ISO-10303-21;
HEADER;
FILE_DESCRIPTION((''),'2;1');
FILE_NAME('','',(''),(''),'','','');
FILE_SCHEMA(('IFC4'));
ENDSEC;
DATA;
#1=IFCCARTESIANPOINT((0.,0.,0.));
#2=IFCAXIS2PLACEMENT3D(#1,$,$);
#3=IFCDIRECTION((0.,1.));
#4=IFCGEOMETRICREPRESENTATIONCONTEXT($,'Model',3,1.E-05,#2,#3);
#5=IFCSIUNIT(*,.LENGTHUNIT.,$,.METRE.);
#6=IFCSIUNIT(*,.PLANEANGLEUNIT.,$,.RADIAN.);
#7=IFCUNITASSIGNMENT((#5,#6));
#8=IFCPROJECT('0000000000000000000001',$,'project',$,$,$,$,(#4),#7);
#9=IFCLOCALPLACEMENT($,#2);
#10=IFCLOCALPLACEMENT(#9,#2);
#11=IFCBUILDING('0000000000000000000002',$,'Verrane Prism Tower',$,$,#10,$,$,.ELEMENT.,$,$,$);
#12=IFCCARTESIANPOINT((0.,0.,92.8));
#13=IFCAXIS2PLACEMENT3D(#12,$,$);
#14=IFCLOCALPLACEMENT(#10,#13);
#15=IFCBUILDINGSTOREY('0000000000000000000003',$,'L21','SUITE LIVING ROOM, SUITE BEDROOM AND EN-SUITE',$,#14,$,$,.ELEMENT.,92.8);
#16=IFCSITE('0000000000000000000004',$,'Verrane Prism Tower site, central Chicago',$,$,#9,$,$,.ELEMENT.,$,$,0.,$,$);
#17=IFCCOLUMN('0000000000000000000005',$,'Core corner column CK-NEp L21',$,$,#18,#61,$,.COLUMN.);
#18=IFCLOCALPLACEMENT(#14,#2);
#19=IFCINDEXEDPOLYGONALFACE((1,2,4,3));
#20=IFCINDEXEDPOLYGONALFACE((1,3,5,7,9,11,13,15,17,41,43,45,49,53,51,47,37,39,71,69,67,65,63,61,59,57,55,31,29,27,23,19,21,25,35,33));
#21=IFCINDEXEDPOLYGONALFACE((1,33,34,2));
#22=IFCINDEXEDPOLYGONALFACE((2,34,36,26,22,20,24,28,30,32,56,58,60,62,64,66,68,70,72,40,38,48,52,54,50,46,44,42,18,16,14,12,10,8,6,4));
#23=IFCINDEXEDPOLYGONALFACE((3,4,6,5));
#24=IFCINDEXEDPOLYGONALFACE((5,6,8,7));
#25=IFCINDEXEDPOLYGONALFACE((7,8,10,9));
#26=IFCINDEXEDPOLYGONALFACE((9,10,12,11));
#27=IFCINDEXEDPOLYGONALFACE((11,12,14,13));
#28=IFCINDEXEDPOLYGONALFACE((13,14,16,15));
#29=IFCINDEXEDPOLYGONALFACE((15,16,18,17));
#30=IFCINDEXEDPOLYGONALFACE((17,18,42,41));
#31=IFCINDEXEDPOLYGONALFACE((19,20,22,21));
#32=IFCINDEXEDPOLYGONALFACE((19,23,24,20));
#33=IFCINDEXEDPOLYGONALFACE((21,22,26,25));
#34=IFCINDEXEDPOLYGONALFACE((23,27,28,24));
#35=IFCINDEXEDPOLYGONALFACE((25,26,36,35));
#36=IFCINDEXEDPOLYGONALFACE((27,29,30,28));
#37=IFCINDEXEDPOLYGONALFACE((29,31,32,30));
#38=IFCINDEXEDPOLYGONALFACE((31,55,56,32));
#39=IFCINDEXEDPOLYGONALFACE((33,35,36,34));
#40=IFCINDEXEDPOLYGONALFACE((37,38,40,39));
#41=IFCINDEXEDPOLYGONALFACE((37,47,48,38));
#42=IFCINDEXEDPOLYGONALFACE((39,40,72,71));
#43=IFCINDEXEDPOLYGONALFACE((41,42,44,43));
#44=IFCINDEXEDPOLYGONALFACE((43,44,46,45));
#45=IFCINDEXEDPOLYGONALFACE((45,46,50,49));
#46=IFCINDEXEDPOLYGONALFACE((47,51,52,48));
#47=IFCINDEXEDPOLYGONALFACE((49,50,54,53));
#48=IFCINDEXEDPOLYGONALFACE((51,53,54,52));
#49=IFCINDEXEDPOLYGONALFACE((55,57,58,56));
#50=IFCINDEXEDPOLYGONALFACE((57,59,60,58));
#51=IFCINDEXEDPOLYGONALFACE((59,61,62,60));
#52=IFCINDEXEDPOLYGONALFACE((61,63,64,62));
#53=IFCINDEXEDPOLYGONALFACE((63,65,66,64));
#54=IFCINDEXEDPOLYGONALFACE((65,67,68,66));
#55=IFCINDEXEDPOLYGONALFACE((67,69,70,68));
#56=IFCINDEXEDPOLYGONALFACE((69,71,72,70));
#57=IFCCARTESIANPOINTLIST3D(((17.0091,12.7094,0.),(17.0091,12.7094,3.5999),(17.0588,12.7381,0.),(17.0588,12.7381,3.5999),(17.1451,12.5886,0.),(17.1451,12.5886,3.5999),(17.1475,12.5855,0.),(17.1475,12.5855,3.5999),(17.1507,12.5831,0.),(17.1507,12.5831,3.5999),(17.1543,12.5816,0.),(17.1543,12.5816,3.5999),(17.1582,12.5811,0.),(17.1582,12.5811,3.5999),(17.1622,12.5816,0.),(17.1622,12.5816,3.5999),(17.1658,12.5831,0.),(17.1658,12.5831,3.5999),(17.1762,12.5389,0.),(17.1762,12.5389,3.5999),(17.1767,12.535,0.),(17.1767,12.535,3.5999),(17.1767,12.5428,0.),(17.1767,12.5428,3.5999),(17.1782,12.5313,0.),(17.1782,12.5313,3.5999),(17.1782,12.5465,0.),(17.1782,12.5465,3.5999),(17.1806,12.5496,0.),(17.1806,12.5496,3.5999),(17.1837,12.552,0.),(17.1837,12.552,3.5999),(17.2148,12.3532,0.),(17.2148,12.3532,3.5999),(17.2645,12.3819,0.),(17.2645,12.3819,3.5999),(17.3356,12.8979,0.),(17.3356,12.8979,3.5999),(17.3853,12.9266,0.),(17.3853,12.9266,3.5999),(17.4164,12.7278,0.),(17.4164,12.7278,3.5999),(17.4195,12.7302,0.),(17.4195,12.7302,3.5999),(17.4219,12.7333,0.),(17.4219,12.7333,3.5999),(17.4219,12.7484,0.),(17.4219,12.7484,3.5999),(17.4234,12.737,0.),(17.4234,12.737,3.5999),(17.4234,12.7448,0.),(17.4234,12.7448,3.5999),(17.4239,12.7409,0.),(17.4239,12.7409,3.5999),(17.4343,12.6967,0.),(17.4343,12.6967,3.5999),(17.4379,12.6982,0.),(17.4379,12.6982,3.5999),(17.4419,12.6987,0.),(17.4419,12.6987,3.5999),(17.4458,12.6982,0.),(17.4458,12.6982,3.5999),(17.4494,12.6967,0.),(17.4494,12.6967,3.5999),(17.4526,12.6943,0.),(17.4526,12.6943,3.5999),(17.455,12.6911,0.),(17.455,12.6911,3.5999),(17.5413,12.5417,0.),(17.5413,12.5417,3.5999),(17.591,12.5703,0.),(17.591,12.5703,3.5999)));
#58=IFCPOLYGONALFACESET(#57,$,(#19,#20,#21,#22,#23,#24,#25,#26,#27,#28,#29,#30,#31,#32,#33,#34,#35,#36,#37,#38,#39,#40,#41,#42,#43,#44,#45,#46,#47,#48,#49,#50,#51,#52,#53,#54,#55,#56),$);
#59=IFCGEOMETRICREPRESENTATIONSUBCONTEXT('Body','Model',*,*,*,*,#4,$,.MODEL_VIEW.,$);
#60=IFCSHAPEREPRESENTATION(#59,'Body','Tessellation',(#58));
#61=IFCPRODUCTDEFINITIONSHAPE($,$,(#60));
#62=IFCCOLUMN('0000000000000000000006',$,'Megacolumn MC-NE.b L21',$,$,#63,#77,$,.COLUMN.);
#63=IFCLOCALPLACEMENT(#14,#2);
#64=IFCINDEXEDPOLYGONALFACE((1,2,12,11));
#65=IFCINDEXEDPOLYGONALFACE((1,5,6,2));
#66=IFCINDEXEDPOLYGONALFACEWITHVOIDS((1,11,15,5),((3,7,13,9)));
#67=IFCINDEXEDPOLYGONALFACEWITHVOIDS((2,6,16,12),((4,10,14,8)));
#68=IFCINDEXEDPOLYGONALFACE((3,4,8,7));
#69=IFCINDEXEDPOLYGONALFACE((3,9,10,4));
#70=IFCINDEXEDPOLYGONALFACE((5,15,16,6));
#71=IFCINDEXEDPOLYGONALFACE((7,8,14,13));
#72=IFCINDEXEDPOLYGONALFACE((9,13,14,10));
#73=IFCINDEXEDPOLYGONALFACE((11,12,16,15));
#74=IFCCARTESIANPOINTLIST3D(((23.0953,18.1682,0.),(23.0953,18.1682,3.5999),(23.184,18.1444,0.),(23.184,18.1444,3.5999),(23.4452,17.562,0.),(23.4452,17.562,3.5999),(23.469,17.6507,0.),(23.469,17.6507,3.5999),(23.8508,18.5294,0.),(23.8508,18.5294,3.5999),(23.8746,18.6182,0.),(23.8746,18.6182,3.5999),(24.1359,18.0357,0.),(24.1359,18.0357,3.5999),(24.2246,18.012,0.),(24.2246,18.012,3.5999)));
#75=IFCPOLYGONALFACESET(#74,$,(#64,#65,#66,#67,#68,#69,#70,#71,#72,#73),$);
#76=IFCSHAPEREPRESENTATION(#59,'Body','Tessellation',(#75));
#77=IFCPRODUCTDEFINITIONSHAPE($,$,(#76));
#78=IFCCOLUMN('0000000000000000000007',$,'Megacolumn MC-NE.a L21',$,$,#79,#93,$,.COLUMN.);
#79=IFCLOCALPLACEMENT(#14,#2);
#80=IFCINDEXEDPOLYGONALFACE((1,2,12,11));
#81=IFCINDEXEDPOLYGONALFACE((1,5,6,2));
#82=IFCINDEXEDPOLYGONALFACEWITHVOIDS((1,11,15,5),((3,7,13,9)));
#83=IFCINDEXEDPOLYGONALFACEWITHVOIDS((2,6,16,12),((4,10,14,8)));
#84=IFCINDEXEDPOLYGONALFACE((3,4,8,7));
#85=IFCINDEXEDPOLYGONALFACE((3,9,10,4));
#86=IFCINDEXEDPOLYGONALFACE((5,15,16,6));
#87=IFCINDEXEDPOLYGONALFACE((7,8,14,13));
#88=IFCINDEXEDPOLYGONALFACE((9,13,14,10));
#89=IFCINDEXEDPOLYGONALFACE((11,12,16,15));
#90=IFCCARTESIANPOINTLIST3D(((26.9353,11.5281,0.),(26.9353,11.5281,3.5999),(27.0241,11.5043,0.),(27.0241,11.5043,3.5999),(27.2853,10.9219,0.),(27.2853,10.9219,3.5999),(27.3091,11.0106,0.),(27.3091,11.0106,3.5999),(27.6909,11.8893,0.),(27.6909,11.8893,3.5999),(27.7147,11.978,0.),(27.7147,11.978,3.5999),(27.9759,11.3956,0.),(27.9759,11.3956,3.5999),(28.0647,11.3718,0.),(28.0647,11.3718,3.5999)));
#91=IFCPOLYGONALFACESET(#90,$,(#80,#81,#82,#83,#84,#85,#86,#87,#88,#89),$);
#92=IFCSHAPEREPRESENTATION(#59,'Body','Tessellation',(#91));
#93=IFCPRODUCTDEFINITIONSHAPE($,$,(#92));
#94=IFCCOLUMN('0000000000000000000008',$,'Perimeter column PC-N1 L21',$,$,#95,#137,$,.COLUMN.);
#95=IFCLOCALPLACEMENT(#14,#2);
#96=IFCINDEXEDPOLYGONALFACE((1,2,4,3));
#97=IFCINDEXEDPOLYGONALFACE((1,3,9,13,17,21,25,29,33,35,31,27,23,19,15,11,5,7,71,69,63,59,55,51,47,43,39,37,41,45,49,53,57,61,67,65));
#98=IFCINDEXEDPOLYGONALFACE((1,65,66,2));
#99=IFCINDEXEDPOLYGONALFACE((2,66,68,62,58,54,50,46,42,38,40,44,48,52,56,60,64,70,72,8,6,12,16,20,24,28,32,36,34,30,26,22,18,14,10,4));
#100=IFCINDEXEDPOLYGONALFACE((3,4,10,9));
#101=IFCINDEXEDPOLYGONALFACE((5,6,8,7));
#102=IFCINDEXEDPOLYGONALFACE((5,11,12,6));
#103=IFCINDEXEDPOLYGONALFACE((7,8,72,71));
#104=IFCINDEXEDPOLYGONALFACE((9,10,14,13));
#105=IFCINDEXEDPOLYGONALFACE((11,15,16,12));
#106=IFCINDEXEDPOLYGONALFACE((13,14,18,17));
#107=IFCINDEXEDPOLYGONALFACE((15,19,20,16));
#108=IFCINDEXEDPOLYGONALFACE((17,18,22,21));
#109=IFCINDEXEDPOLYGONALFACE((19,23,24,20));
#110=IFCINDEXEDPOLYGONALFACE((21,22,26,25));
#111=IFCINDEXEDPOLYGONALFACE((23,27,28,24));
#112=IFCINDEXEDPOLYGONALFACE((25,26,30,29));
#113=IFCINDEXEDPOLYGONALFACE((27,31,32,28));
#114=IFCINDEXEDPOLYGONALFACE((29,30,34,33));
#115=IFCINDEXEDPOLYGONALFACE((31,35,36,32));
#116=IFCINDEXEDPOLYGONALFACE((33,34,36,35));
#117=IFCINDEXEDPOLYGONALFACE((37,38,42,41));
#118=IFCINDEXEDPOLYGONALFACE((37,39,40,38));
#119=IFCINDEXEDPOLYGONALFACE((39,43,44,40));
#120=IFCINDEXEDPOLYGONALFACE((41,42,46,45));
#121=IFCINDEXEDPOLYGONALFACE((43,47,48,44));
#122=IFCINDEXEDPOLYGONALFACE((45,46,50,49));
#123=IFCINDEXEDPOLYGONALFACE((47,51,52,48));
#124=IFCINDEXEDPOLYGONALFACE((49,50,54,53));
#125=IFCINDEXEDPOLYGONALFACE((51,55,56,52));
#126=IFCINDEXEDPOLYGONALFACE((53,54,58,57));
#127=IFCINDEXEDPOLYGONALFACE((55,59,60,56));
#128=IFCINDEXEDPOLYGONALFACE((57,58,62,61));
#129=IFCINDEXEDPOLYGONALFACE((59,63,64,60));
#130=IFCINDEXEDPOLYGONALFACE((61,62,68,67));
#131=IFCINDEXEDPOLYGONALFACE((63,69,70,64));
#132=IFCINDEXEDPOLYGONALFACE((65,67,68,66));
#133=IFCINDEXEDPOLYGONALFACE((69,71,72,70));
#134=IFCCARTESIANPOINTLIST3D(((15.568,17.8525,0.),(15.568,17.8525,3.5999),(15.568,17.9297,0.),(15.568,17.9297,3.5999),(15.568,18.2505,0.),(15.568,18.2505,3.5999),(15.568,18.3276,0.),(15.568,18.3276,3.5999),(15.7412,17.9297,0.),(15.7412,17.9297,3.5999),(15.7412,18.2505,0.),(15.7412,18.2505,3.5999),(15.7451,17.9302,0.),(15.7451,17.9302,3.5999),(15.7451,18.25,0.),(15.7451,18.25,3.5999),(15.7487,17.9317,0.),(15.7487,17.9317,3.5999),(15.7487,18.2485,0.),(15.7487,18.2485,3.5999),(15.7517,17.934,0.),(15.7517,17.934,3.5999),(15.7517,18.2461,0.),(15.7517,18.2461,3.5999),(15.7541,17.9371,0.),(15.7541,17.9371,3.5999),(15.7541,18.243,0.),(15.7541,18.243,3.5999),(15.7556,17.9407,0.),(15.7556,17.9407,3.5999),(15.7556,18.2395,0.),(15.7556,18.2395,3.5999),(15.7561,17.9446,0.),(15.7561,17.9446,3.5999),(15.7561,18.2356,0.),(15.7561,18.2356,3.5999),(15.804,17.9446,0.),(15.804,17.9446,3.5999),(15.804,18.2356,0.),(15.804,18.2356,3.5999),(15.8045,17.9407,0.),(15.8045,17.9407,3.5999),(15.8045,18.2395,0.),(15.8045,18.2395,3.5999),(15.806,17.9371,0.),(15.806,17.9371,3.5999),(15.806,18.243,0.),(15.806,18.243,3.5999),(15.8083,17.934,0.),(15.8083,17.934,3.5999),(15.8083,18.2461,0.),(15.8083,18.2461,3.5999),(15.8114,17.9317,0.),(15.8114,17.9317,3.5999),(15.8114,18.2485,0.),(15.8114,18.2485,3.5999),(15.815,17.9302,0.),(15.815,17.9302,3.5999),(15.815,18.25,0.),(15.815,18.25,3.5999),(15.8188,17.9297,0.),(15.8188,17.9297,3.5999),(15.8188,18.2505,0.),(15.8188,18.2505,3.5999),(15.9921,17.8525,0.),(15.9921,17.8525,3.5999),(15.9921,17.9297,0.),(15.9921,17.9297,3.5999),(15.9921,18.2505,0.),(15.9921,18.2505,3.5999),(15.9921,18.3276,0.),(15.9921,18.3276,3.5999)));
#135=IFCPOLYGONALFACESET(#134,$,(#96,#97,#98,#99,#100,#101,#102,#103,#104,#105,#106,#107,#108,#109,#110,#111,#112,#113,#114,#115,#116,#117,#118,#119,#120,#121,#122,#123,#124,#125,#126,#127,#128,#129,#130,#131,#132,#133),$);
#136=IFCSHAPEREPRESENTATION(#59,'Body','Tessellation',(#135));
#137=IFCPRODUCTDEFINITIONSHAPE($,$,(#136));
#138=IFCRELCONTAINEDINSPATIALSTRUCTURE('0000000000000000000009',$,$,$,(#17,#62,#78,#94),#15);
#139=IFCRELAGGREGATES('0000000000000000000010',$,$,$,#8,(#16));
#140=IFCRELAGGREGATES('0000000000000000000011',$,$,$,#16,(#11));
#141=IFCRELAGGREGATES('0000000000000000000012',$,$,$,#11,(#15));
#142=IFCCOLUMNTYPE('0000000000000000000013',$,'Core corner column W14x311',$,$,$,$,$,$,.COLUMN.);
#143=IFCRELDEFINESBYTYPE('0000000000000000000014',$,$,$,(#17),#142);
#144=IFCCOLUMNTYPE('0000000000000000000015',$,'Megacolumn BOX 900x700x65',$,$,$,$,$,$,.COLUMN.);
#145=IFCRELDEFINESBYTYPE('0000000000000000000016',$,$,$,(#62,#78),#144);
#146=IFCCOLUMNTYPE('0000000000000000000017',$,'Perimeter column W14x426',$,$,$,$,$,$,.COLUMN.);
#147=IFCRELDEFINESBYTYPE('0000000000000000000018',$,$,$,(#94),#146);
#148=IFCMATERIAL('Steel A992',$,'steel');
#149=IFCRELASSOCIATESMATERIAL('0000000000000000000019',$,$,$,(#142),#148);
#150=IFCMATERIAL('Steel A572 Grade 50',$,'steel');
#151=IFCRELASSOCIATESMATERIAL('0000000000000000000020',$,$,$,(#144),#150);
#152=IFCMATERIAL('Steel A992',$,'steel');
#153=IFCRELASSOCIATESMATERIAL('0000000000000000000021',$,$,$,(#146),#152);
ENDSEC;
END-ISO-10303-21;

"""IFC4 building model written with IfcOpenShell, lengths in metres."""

from ifc_helpers import new_model, si_unit, direction, frame, origin, origin_2d, place, context, subcontext, project, spatial, hollow_rectangle, i_section, extrude, material, material_profile, profile_set, type_object, element, save


model = new_model("IFC4")

# Units and contexts
model_context = context("Model", 3, precision=1e-05, world=origin(), true_north=direction((0.0, 1.0)))
body_context = subcontext(model_context, "Body", "Model", "MODEL_VIEW")
ifc_project = project(units=[si_unit("LENGTHUNIT", "METRE"), si_unit("PLANEANGLEUNIT", "RADIAN")], contexts=[model_context])

# Site, building, storey
site_placement = place(None, origin())
site = spatial("IfcSite", under=ifc_project, at=site_placement, Name="Verrane Prism Tower site, central Chicago", CompositionType="ELEMENT", RefElevation=0.0)
building_placement = place(site_placement, origin())
building = spatial("IfcBuilding", under=site, at=building_placement, Name="Verrane Prism Tower", CompositionType="ELEMENT")
storey_placement = place(building_placement, frame((0.0, 0.0, 92.8)))
storey = spatial("IfcBuildingStorey", under=building, at=storey_placement, Name="L21", Description="SUITE LIVING ROOM, SUITE BEDROOM AND EN-SUITE", CompositionType="ELEMENT", Elevation=92.8)

# Columns
ifc_material_1 = material(Name="Steel A992", Category="steel")
ifc_material_profile_1 = material_profile(ifc_material_1, i_section(OverallWidth=0.4114, OverallDepth=0.4343, WebThickness=0.0359, FlangeThickness=0.0574, FilletRadius=0.0151, at=origin_2d()), Name="W14x311")
ifc_profile_set_1 = profile_set([ifc_material_profile_1], Name="Steel A992")
column_type_1 = type_object("IfcColumnType", Name="Core corner column W14x311", PredefinedType="COLUMN", material=ifc_profile_set_1)
column_1_placement = place(storey_placement, frame((17.3, 12.6399, 0.0), z_axis=(0.0, 0.0, 1.0), x_axis=(0.5, -0.866025, 0.0)))
element("IfcColumn", 1, at=column_1_placement, inside=storey, type_object=column_type_1, Name="Core corner column CK-NEp L21", PredefinedType="COLUMN", context=body_context, shape_type="SweptSolid", body=[
    extrude(i_section(OverallWidth=0.4114, OverallDepth=0.4343, WebThickness=0.0359, FlangeThickness=0.0574, FilletRadius=0.0151, at=origin_2d()), origin(), (0.0, 0.0, 1.0), 3.5999),
])
ifc_material_2 = material(Name="Steel A572 Grade 50", Category="steel")
ifc_material_profile_2 = material_profile(ifc_material_2, hollow_rectangle(XDim=0.7, YDim=0.8999, WallThickness=0.0649, at=origin_2d()), Name="BOX 900x700x65")
ifc_profile_set_2 = profile_set([ifc_material_profile_2], Name="Steel A572 Grade 50")
column_type_2 = type_object("IfcColumnType", Name="Megacolumn BOX 900x700x65", PredefinedType="COLUMN", material=ifc_profile_set_2)
for number, where, z_axis, x_axis, name in (
    (2, (23.6599, 18.0901, 0.0), (0.0, 0.0, 1.0), (0.5, -0.866025, 0.0), "Megacolumn MC-NE.b L21"),
    (3, (27.5, 11.45, 0.0), (0.0, 0.0, 1.0), (0.5, -0.866025, 0.0), "Megacolumn MC-NE.a L21"),
):
    element("IfcColumn", number, at=place(storey_placement, frame(where, z_axis=z_axis, x_axis=x_axis)), inside=storey, type_object=column_type_2, Name=name, PredefinedType="COLUMN", context=body_context, shape_type="SweptSolid", body=[
        extrude(hollow_rectangle(XDim=0.7, YDim=0.8999, WallThickness=0.0649, at=origin_2d()), origin(), (0.0, 0.0, 1.0), 3.5999),
    ])
ifc_material_3 = material(Name="Steel A992", Category="steel")
ifc_material_profile_3 = material_profile(ifc_material_3, i_section(OverallWidth=0.4241, OverallDepth=0.4751, WebThickness=0.0479, FlangeThickness=0.0771, FilletRadius=0.0149, at=origin_2d()), Name="W14x426")
ifc_profile_set_3 = profile_set([ifc_material_profile_3], Name="Steel A992")
column_type_3 = type_object("IfcColumnType", Name="Perimeter column W14x426", PredefinedType="COLUMN", material=ifc_profile_set_3)
column_2_placement = place(storey_placement, frame((15.78, 18.0901, 0.0), z_axis=(0.0, 0.0, 1.0), x_axis=(1.0, 0.0, 0.0)))
element("IfcColumn", 4, at=column_2_placement, inside=storey, type_object=column_type_3, Name="Perimeter column PC-N1 L21", PredefinedType="COLUMN", context=body_context, shape_type="SweptSolid", body=[
    extrude(i_section(OverallWidth=0.4241, OverallDepth=0.4751, WebThickness=0.0479, FlangeThickness=0.0771, FilletRadius=0.0149, at=origin_2d()), origin(), (0.0, 0.0, 1.0), 3.5999),
])

save(model, "model.ifc")
